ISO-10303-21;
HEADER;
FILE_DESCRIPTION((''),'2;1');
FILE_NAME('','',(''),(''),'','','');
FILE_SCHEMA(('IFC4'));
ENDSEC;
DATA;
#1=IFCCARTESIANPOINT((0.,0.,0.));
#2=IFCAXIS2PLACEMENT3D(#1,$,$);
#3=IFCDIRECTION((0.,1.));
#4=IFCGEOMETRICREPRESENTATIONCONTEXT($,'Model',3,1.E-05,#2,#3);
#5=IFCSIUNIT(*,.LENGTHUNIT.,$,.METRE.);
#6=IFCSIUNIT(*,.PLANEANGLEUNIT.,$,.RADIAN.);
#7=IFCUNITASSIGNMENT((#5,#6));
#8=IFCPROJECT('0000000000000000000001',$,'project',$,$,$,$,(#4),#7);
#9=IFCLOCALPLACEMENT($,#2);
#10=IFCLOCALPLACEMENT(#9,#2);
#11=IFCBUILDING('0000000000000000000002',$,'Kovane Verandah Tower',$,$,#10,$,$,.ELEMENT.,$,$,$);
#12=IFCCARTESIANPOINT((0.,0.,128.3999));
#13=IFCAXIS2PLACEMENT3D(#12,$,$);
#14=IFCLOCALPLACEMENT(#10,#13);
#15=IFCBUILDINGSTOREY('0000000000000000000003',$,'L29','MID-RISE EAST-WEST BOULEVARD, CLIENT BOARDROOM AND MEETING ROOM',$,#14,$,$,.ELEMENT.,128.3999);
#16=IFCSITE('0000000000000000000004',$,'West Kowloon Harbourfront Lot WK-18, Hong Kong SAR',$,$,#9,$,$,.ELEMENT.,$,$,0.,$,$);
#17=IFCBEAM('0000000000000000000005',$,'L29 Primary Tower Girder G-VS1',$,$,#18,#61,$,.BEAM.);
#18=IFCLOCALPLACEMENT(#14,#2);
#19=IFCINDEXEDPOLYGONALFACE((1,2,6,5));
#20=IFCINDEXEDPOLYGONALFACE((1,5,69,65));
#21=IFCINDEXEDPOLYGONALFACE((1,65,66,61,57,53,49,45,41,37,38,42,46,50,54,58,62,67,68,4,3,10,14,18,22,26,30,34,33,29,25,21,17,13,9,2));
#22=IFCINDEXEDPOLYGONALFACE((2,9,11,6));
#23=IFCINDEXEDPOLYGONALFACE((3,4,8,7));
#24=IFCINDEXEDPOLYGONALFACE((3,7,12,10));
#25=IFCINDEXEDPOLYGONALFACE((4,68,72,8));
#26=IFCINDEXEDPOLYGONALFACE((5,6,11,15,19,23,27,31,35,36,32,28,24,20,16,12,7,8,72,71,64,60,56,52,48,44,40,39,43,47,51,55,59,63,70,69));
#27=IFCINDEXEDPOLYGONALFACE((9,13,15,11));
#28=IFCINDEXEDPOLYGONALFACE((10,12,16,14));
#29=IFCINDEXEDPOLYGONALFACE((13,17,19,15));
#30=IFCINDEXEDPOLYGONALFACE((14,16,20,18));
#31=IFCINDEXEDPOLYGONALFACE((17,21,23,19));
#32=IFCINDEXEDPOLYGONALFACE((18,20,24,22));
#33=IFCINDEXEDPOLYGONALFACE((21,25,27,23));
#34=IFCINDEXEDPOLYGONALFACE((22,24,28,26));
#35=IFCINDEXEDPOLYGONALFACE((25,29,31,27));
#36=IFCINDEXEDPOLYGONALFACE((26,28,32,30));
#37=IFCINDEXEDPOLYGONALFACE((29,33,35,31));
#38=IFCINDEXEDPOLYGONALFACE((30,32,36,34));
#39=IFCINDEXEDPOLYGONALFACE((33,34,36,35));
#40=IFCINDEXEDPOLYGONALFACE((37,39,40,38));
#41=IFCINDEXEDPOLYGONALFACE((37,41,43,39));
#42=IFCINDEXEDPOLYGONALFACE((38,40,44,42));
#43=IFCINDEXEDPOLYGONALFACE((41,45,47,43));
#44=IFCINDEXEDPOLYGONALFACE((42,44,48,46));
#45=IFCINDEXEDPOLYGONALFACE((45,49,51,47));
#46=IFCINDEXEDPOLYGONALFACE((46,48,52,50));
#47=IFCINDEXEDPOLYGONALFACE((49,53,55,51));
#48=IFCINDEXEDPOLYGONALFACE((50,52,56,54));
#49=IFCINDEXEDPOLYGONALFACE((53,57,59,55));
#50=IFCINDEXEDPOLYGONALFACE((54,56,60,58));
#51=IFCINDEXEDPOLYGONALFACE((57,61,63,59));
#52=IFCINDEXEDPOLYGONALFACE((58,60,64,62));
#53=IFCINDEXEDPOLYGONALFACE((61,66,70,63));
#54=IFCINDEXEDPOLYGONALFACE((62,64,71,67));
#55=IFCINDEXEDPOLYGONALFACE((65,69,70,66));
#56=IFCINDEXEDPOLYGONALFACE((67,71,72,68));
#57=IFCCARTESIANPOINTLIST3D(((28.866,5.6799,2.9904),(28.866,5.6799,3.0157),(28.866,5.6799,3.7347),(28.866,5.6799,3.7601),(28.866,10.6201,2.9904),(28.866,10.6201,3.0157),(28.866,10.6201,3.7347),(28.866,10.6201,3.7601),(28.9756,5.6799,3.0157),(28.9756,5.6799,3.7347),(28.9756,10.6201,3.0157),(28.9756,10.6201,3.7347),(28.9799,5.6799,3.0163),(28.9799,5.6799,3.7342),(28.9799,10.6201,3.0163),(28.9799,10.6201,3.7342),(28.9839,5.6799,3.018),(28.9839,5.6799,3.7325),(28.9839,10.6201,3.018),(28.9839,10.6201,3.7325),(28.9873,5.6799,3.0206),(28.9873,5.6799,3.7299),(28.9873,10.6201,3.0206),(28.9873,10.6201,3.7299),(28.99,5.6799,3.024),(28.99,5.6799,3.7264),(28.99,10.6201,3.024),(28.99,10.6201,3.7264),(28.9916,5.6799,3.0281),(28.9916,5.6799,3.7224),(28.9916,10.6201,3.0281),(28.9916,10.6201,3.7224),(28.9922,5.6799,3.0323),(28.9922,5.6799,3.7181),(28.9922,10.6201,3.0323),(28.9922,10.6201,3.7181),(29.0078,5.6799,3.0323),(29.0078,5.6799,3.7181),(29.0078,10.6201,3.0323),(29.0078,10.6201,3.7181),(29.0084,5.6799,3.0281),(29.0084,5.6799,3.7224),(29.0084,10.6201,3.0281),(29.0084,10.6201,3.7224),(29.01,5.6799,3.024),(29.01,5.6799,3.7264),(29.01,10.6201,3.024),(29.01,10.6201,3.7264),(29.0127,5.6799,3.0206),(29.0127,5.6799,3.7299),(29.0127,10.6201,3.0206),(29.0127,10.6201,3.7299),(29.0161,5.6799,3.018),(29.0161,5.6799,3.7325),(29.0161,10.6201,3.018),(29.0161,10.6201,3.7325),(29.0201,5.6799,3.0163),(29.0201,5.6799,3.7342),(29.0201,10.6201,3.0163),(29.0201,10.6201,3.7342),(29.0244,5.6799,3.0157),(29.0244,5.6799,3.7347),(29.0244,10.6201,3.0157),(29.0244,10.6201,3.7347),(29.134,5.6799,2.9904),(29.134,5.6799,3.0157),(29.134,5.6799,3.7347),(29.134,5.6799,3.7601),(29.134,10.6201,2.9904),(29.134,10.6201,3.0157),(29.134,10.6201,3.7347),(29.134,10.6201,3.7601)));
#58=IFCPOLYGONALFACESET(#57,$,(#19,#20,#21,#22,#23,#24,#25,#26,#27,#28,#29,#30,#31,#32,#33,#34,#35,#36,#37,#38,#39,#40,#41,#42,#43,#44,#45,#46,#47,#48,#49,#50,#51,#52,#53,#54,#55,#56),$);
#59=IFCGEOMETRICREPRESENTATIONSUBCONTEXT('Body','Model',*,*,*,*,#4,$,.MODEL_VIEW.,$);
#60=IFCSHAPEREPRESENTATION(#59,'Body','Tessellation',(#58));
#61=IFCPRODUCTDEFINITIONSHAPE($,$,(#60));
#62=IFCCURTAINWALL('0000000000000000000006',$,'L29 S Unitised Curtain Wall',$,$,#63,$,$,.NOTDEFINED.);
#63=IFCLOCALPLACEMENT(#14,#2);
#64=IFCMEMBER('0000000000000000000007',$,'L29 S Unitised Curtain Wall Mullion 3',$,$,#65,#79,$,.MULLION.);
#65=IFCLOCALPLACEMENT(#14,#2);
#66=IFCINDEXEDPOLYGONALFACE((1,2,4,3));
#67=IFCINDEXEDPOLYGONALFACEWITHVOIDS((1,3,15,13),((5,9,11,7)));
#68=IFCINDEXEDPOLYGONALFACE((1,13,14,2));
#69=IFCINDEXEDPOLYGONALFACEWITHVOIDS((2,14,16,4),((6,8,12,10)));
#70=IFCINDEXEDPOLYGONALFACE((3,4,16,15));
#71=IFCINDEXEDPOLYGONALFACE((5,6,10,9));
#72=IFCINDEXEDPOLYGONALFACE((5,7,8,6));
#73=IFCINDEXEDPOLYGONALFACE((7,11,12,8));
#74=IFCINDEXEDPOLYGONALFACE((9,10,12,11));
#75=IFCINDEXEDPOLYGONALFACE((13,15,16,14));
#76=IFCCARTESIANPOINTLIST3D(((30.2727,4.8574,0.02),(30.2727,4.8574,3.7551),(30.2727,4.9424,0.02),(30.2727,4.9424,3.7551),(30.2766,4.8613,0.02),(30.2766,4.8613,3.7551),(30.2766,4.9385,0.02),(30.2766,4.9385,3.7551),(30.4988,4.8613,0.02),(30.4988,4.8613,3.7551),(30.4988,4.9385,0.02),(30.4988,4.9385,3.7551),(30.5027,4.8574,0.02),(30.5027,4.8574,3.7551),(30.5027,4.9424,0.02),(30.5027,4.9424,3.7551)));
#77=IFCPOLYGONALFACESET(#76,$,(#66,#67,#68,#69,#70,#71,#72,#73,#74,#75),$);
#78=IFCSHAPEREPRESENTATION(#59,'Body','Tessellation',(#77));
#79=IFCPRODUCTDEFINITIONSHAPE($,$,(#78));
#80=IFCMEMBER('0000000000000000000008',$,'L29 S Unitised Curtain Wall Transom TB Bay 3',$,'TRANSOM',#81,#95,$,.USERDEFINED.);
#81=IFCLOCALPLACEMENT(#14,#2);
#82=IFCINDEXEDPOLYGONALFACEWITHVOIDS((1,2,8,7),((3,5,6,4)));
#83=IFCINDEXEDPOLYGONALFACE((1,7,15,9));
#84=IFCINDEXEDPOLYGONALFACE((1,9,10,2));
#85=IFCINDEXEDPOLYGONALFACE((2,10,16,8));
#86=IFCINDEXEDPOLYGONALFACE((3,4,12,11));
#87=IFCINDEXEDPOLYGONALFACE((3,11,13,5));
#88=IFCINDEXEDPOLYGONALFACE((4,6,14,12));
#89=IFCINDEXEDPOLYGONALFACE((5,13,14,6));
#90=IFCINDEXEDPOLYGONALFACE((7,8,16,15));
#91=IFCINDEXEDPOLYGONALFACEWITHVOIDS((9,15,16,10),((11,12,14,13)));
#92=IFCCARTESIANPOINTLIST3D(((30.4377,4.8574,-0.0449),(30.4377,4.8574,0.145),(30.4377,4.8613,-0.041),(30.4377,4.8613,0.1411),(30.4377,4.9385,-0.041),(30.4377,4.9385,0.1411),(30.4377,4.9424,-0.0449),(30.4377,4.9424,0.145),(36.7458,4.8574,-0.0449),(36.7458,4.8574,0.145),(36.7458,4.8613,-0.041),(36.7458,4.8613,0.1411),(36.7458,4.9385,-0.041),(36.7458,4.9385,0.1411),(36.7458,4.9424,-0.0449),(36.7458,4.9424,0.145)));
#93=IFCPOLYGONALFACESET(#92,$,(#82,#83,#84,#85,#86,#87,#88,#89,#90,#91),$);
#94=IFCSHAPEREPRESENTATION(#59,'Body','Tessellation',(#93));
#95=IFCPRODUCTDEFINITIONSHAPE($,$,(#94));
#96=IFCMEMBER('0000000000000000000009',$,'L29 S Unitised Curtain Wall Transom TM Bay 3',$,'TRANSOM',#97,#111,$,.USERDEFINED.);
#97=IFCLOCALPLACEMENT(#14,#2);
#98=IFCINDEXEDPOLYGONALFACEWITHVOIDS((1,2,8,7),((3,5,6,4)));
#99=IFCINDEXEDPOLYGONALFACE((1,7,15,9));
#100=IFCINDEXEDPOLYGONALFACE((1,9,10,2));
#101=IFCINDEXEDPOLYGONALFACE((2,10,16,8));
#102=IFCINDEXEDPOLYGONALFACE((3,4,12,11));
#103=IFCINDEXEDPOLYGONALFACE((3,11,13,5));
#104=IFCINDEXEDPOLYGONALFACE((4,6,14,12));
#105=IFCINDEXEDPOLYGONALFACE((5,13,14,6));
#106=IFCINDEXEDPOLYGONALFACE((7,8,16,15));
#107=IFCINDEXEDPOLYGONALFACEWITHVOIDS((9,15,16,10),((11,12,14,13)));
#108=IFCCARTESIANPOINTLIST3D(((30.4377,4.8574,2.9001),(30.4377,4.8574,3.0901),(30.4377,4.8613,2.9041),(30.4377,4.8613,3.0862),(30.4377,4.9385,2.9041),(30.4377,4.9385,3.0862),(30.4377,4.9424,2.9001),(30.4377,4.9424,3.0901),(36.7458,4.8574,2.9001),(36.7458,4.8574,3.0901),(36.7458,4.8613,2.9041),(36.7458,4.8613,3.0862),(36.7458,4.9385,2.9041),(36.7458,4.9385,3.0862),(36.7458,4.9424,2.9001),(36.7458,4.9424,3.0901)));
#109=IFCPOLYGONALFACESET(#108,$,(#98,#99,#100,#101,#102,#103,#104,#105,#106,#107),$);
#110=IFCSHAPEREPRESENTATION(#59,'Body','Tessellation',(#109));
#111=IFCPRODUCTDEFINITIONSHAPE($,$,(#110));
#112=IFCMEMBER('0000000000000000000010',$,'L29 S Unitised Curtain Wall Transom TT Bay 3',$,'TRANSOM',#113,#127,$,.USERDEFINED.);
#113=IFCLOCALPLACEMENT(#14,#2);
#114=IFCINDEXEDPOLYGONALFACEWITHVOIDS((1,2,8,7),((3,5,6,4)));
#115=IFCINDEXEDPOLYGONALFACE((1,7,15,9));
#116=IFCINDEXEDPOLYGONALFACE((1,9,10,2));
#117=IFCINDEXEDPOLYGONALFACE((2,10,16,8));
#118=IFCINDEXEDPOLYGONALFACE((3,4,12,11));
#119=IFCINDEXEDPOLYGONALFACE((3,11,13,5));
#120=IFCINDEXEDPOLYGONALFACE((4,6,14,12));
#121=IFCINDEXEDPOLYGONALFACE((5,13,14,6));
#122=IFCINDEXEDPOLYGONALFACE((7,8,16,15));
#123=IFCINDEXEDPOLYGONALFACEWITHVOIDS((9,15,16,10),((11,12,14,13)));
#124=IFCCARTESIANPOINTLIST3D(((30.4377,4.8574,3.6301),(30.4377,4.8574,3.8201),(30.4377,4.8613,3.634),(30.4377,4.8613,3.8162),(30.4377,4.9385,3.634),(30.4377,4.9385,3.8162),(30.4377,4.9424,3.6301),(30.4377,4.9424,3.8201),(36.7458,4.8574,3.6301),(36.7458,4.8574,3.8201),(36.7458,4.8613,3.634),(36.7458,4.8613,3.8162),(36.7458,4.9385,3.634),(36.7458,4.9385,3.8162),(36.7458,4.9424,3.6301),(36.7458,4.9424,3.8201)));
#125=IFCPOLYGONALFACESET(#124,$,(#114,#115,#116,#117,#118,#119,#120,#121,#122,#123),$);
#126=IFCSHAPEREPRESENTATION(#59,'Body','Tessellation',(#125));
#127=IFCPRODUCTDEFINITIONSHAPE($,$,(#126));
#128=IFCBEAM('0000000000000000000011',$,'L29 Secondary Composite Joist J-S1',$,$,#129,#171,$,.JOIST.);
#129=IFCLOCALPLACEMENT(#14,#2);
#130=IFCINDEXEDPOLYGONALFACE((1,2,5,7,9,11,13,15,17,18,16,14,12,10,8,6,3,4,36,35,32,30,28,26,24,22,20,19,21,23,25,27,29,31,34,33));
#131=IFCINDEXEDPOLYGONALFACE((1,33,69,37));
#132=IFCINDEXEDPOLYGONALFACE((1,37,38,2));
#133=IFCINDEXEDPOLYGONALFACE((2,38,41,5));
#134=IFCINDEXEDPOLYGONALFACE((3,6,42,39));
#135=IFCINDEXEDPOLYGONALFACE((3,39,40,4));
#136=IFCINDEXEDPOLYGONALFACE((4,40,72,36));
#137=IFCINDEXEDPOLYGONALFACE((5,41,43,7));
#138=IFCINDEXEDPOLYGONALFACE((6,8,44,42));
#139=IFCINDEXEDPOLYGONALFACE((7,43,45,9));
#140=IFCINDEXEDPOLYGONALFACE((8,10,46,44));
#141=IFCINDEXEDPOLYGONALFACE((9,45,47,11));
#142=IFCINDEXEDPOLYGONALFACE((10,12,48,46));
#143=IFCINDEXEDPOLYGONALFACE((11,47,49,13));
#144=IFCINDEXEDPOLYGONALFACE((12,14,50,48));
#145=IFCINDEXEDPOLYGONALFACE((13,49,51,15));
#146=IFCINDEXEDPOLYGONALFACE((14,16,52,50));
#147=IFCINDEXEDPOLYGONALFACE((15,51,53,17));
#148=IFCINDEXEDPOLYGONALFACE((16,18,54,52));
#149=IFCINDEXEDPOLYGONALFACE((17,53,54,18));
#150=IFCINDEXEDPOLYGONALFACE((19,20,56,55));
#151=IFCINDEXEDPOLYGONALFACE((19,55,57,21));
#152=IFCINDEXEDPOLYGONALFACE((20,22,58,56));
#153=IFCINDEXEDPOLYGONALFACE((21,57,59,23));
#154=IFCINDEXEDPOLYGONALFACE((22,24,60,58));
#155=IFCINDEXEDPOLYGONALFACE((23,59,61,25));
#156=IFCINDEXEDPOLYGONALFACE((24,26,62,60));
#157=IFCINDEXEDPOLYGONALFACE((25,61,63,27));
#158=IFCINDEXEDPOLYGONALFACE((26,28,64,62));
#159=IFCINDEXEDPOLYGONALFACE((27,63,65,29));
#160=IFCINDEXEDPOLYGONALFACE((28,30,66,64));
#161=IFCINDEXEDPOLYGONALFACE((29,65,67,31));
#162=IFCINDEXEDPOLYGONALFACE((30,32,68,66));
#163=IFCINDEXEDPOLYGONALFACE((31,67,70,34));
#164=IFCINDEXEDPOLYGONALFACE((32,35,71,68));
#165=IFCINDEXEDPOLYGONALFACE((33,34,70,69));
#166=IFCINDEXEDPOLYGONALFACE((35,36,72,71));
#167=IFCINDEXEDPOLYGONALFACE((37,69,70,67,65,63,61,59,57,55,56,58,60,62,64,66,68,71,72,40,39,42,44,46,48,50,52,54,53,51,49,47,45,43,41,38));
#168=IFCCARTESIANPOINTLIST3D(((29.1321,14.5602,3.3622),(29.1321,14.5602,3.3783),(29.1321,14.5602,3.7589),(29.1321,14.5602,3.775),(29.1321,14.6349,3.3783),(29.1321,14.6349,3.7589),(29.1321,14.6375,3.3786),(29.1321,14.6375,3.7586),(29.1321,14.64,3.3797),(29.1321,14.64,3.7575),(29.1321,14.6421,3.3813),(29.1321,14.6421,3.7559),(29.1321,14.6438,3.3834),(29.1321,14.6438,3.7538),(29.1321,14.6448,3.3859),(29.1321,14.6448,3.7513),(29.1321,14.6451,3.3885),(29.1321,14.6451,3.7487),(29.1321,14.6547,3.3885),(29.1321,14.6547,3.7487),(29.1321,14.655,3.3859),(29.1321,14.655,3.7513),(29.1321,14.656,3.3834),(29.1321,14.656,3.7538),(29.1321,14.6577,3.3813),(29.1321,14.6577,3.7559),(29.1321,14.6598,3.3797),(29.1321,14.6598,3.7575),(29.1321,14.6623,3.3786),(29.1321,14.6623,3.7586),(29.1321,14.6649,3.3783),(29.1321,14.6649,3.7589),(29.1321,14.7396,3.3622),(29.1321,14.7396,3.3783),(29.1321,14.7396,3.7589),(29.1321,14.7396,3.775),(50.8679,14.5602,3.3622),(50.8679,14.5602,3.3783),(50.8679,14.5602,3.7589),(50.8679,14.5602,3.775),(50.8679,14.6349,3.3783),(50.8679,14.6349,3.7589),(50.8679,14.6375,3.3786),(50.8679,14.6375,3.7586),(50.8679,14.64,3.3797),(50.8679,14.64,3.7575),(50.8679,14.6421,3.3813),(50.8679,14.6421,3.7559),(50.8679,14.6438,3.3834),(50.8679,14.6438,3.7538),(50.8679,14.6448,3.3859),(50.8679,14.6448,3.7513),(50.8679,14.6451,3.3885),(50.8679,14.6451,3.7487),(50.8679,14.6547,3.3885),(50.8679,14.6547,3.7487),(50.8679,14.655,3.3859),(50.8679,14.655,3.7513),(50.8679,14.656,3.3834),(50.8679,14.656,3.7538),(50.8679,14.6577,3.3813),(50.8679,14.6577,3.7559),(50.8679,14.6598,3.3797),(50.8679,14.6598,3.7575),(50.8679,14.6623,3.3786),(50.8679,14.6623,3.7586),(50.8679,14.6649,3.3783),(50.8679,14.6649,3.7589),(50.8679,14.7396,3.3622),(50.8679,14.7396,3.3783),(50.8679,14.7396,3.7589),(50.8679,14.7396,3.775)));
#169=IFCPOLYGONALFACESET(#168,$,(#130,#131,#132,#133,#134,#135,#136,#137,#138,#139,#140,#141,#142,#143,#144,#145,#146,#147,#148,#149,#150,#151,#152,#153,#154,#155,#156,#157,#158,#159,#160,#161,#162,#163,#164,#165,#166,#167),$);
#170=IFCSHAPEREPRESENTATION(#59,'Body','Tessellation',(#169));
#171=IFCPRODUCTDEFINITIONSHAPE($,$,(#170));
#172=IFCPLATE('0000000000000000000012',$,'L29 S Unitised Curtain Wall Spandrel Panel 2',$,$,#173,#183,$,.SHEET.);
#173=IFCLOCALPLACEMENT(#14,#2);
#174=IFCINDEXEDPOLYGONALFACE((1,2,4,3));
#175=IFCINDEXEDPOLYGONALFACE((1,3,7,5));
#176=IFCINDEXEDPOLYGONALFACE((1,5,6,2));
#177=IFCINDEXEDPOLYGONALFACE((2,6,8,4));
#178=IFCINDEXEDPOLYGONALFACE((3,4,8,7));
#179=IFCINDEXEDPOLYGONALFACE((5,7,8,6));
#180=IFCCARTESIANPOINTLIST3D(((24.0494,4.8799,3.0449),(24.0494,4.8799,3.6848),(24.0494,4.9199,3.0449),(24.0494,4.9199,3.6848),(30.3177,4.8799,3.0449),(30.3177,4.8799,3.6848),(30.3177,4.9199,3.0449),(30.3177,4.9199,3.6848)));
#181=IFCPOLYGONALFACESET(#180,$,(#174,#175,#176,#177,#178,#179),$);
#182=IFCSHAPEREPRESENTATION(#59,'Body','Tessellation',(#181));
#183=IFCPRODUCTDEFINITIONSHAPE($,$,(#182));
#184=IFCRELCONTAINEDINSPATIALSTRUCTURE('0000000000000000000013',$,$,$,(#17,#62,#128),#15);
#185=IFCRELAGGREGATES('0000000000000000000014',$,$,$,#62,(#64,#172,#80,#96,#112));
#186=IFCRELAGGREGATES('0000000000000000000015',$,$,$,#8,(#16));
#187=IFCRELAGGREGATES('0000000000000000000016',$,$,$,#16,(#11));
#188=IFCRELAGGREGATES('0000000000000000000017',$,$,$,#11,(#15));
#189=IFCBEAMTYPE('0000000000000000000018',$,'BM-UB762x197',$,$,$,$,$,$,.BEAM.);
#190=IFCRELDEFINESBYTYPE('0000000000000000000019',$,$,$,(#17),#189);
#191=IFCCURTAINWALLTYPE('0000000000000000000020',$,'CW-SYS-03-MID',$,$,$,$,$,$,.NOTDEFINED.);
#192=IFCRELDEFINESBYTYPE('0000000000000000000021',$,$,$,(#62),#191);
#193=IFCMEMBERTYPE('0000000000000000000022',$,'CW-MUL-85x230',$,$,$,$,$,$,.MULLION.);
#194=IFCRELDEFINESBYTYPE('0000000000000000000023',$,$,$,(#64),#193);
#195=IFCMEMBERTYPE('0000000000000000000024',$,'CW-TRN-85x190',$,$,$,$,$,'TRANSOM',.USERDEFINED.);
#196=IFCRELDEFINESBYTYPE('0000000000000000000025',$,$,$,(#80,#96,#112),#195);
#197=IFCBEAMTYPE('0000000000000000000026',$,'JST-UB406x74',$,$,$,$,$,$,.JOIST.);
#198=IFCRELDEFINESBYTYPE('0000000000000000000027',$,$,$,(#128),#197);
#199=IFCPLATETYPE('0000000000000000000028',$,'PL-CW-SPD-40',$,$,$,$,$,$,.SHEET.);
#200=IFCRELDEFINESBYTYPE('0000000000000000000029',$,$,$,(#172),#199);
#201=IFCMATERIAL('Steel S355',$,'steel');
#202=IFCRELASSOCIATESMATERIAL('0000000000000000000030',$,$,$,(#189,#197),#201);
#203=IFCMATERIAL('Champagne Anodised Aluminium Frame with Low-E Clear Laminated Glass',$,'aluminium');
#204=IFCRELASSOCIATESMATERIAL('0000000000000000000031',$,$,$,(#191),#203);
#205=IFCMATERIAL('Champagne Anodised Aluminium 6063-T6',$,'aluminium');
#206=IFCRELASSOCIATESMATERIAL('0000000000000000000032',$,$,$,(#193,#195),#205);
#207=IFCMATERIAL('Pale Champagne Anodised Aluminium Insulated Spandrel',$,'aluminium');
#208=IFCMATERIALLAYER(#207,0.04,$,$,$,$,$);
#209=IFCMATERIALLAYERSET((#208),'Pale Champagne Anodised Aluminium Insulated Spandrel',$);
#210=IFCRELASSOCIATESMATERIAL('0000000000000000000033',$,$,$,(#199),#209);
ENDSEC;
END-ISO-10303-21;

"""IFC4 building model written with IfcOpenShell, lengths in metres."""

from ifc_helpers import new_model, si_unit, direction, frame, origin, origin_2d, place, context, subcontext, project, spatial, rectangle, hollow_rectangle, i_section, extrude, material, layer, layer_set, material_profile, profile_set, type_object, element, aggregate, save


model = new_model("IFC4")

# Units and contexts
model_context = context("Model", 3, precision=1e-05, world=origin(), true_north=direction((0.0, 1.0)))
body_context = subcontext(model_context, "Body", "Model", "MODEL_VIEW")
ifc_project = project(units=[si_unit("LENGTHUNIT", "METRE"), si_unit("PLANEANGLEUNIT", "RADIAN")], contexts=[model_context])

# Site, building, storey
site_placement = place(None, origin())
site = spatial("IfcSite", under=ifc_project, at=site_placement, Name="West Kowloon Harbourfront Lot WK-18, Hong Kong SAR", CompositionType="ELEMENT", RefElevation=0.0)
building_placement = place(site_placement, origin())
building = spatial("IfcBuilding", under=site, at=building_placement, Name="Kovane Verandah Tower", CompositionType="ELEMENT")
storey_placement = place(building_placement, frame((0.0, 0.0, 128.3999)))
storey = spatial("IfcBuildingStorey", under=building, at=storey_placement, Name="L29", Description="MID-RISE EAST-WEST BOULEVARD, CLIENT BOARDROOM AND MEETING ROOM", CompositionType="ELEMENT", Elevation=128.3999)

# Beam
ifc_material_1 = material(Name="Steel S355", Category="steel")
ifc_material_profile_1 = material_profile(ifc_material_1, i_section(OverallWidth=0.2681, OverallDepth=0.7698, WebThickness=0.0156, FlangeThickness=0.0254, FilletRadius=0.0166, at=origin_2d()), Name="UB762x267x197")
ifc_profile_set_1 = profile_set([ifc_material_profile_1], Name="Steel S355")
beam_type_1 = type_object("IfcBeamType", Name="BM-UB762x197", PredefinedType="BEAM", material=ifc_profile_set_1)
beam_1_placement = place(storey_placement, frame((29.0, 10.6201, 3.3752), z_axis=(0.0, -1.0, 0.0), x_axis=(1.0, 0.0, 0.0)))
element("IfcBeam", 1, at=beam_1_placement, inside=storey, type_object=beam_type_1, Name="L29 Primary Tower Girder G-VS1", PredefinedType="BEAM", context=body_context, shape_type="SweptSolid", body=[
    extrude(i_section(OverallWidth=0.2681, OverallDepth=0.7698, WebThickness=0.0156, FlangeThickness=0.0254, FilletRadius=0.0166, at=origin_2d()), origin(), (0.0, 0.0, 1.0), 4.9402),
])

# Curtain wall, members
ifc_material_2 = material(Name="Champagne Anodised Aluminium Frame with Low-E Clear Laminated Glass", Category="aluminium")
curtain_wall_type = type_object("IfcCurtainWallType", Name="CW-SYS-03-MID", PredefinedType="NOTDEFINED", material=ifc_material_2)
curtain_wall_placement = place(storey_placement, origin())
curtain_wall = element("IfcCurtainWall", 2, at=curtain_wall_placement, inside=storey, type_object=curtain_wall_type, Name="L29 S Unitised Curtain Wall", PredefinedType="NOTDEFINED")
ifc_material_3 = material(Name="Champagne Anodised Aluminium 6063-T6", Category="aluminium")
ifc_material_profile_2 = material_profile(ifc_material_3, hollow_rectangle(XDim=0.085, YDim=0.23, WallThickness=0.0039, at=origin_2d()), Name="AL85x230x4")
ifc_profile_set_2 = profile_set([ifc_material_profile_2], Name="Champagne Anodised Aluminium 6063-T6")
member_type_1 = type_object("IfcMemberType", Name="CW-MUL-85x230", PredefinedType="MULLION", material=ifc_profile_set_2)
member_1_placement = place(storey_placement, frame((30.3877, 4.8999, 0.02), z_axis=(0.0, 0.0, 1.0), x_axis=(0.0, -1.0, 0.0)))
member_1 = element("IfcMember", 3, at=member_1_placement, type_object=member_type_1, Name="L29 S Unitised Curtain Wall Mullion 3", PredefinedType="MULLION", context=body_context, shape_type="SweptSolid", body=[
    extrude(hollow_rectangle(XDim=0.085, YDim=0.23, WallThickness=0.0039, at=origin_2d()), origin(), (0.0, 0.0, 1.0), 3.7351),
])
ifc_material_profile_3 = material_profile(ifc_material_3, hollow_rectangle(XDim=0.085, YDim=0.1899, WallThickness=0.0039, at=origin_2d()), Name="AL85x190x4")
ifc_profile_set_3 = profile_set([ifc_material_profile_3], Name="Champagne Anodised Aluminium 6063-T6")
member_type_2 = type_object("IfcMemberType", Name="CW-TRN-85x190", ElementType="TRANSOM", PredefinedType="USERDEFINED", material=ifc_profile_set_3)
member_2_placement = place(storey_placement, frame((30.4377, 4.8999, 0.05), z_axis=(1.0, 0.0, 0.0), x_axis=(0.0, 1.0, 0.0)))
member_2 = element("IfcMember", 4, at=member_2_placement, type_object=member_type_2, Name="L29 S Unitised Curtain Wall Transom TB Bay 3", ObjectType="TRANSOM", PredefinedType="USERDEFINED", context=body_context, shape_type="SweptSolid", body=[
    extrude(hollow_rectangle(XDim=0.085, YDim=0.1899, WallThickness=0.0039, at=origin_2d()), origin(), (0.0, 0.0, 1.0), 6.3081),
])
member_3_placement = place(storey_placement, frame((30.4377, 4.8999, 2.9951), z_axis=(1.0, 0.0, 0.0), x_axis=(0.0, 1.0, 0.0)))
member_3 = element("IfcMember", 5, at=member_3_placement, type_object=member_type_2, Name="L29 S Unitised Curtain Wall Transom TM Bay 3", ObjectType="TRANSOM", PredefinedType="USERDEFINED", context=body_context, shape_type="SweptSolid", body=[
    extrude(hollow_rectangle(XDim=0.085, YDim=0.1899, WallThickness=0.0039, at=origin_2d()), origin(), (0.0, 0.0, 1.0), 6.3081),
])
member_4_placement = place(storey_placement, frame((30.4377, 4.8999, 3.7251), z_axis=(1.0, 0.0, 0.0), x_axis=(0.0, 1.0, 0.0)))
member_4 = element("IfcMember", 6, at=member_4_placement, type_object=member_type_2, Name="L29 S Unitised Curtain Wall Transom TT Bay 3", ObjectType="TRANSOM", PredefinedType="USERDEFINED", context=body_context, shape_type="SweptSolid", body=[
    extrude(hollow_rectangle(XDim=0.085, YDim=0.1899, WallThickness=0.0039, at=origin_2d()), origin(), (0.0, 0.0, 1.0), 6.3081),
])

# Beam
ifc_material_profile_4 = material_profile(ifc_material_1, i_section(OverallWidth=0.1794, OverallDepth=0.4128, WebThickness=0.0095, FlangeThickness=0.0161, FilletRadius=0.0103, at=origin_2d()), Name="UB406x178x74")
ifc_profile_set_4 = profile_set([ifc_material_profile_4], Name="Steel S355")
beam_type_2 = type_object("IfcBeamType", Name="JST-UB406x74", PredefinedType="JOIST", material=ifc_profile_set_4)
beam_2_placement = place(storey_placement, frame((29.1321, 14.6499, 3.5686), z_axis=(1.0, 0.0, 0.0), x_axis=(0.0, 1.0, 0.0)))
element("IfcBeam", 7, at=beam_2_placement, inside=storey, type_object=beam_type_2, Name="L29 Secondary Composite Joist J-S1", PredefinedType="JOIST", context=body_context, shape_type="SweptSolid", body=[
    extrude(i_section(OverallWidth=0.1794, OverallDepth=0.4128, WebThickness=0.0095, FlangeThickness=0.0161, FilletRadius=0.0103, at=origin_2d()), origin(), (0.0, 0.0, 1.0), 21.7358),
])

# Plate
ifc_material_4 = material(Name="Pale Champagne Anodised Aluminium Insulated Spandrel", Category="aluminium")
ifc_layer_1 = layer(ifc_material_4, 0.04)
ifc_layer_set_1 = layer_set([ifc_layer_1], Name="Pale Champagne Anodised Aluminium Insulated Spandrel")
plate_type_1 = type_object("IfcPlateType", Name="PL-CW-SPD-40", PredefinedType="SHEET", material=ifc_layer_set_1)
plate_1_placement = place(storey_placement, frame((27.1836, 4.8999, 3.0449), z_axis=(0.0, 0.0, 1.0), x_axis=(1.0, 0.0, 0.0)))
plate_1 = element("IfcPlate", 8, at=plate_1_placement, type_object=plate_type_1, Name="L29 S Unitised Curtain Wall Spandrel Panel 2", PredefinedType="SHEET", context=body_context, shape_type="SweptSolid", body=[
    extrude(rectangle(XDim=6.2683, YDim=0.04, at=origin_2d()), origin(), (0.0, 0.0, 1.0), 0.6399),
])
aggregate(curtain_wall, [member_1, plate_1, member_2, member_3, member_4])

save(model, "model.ifc")
